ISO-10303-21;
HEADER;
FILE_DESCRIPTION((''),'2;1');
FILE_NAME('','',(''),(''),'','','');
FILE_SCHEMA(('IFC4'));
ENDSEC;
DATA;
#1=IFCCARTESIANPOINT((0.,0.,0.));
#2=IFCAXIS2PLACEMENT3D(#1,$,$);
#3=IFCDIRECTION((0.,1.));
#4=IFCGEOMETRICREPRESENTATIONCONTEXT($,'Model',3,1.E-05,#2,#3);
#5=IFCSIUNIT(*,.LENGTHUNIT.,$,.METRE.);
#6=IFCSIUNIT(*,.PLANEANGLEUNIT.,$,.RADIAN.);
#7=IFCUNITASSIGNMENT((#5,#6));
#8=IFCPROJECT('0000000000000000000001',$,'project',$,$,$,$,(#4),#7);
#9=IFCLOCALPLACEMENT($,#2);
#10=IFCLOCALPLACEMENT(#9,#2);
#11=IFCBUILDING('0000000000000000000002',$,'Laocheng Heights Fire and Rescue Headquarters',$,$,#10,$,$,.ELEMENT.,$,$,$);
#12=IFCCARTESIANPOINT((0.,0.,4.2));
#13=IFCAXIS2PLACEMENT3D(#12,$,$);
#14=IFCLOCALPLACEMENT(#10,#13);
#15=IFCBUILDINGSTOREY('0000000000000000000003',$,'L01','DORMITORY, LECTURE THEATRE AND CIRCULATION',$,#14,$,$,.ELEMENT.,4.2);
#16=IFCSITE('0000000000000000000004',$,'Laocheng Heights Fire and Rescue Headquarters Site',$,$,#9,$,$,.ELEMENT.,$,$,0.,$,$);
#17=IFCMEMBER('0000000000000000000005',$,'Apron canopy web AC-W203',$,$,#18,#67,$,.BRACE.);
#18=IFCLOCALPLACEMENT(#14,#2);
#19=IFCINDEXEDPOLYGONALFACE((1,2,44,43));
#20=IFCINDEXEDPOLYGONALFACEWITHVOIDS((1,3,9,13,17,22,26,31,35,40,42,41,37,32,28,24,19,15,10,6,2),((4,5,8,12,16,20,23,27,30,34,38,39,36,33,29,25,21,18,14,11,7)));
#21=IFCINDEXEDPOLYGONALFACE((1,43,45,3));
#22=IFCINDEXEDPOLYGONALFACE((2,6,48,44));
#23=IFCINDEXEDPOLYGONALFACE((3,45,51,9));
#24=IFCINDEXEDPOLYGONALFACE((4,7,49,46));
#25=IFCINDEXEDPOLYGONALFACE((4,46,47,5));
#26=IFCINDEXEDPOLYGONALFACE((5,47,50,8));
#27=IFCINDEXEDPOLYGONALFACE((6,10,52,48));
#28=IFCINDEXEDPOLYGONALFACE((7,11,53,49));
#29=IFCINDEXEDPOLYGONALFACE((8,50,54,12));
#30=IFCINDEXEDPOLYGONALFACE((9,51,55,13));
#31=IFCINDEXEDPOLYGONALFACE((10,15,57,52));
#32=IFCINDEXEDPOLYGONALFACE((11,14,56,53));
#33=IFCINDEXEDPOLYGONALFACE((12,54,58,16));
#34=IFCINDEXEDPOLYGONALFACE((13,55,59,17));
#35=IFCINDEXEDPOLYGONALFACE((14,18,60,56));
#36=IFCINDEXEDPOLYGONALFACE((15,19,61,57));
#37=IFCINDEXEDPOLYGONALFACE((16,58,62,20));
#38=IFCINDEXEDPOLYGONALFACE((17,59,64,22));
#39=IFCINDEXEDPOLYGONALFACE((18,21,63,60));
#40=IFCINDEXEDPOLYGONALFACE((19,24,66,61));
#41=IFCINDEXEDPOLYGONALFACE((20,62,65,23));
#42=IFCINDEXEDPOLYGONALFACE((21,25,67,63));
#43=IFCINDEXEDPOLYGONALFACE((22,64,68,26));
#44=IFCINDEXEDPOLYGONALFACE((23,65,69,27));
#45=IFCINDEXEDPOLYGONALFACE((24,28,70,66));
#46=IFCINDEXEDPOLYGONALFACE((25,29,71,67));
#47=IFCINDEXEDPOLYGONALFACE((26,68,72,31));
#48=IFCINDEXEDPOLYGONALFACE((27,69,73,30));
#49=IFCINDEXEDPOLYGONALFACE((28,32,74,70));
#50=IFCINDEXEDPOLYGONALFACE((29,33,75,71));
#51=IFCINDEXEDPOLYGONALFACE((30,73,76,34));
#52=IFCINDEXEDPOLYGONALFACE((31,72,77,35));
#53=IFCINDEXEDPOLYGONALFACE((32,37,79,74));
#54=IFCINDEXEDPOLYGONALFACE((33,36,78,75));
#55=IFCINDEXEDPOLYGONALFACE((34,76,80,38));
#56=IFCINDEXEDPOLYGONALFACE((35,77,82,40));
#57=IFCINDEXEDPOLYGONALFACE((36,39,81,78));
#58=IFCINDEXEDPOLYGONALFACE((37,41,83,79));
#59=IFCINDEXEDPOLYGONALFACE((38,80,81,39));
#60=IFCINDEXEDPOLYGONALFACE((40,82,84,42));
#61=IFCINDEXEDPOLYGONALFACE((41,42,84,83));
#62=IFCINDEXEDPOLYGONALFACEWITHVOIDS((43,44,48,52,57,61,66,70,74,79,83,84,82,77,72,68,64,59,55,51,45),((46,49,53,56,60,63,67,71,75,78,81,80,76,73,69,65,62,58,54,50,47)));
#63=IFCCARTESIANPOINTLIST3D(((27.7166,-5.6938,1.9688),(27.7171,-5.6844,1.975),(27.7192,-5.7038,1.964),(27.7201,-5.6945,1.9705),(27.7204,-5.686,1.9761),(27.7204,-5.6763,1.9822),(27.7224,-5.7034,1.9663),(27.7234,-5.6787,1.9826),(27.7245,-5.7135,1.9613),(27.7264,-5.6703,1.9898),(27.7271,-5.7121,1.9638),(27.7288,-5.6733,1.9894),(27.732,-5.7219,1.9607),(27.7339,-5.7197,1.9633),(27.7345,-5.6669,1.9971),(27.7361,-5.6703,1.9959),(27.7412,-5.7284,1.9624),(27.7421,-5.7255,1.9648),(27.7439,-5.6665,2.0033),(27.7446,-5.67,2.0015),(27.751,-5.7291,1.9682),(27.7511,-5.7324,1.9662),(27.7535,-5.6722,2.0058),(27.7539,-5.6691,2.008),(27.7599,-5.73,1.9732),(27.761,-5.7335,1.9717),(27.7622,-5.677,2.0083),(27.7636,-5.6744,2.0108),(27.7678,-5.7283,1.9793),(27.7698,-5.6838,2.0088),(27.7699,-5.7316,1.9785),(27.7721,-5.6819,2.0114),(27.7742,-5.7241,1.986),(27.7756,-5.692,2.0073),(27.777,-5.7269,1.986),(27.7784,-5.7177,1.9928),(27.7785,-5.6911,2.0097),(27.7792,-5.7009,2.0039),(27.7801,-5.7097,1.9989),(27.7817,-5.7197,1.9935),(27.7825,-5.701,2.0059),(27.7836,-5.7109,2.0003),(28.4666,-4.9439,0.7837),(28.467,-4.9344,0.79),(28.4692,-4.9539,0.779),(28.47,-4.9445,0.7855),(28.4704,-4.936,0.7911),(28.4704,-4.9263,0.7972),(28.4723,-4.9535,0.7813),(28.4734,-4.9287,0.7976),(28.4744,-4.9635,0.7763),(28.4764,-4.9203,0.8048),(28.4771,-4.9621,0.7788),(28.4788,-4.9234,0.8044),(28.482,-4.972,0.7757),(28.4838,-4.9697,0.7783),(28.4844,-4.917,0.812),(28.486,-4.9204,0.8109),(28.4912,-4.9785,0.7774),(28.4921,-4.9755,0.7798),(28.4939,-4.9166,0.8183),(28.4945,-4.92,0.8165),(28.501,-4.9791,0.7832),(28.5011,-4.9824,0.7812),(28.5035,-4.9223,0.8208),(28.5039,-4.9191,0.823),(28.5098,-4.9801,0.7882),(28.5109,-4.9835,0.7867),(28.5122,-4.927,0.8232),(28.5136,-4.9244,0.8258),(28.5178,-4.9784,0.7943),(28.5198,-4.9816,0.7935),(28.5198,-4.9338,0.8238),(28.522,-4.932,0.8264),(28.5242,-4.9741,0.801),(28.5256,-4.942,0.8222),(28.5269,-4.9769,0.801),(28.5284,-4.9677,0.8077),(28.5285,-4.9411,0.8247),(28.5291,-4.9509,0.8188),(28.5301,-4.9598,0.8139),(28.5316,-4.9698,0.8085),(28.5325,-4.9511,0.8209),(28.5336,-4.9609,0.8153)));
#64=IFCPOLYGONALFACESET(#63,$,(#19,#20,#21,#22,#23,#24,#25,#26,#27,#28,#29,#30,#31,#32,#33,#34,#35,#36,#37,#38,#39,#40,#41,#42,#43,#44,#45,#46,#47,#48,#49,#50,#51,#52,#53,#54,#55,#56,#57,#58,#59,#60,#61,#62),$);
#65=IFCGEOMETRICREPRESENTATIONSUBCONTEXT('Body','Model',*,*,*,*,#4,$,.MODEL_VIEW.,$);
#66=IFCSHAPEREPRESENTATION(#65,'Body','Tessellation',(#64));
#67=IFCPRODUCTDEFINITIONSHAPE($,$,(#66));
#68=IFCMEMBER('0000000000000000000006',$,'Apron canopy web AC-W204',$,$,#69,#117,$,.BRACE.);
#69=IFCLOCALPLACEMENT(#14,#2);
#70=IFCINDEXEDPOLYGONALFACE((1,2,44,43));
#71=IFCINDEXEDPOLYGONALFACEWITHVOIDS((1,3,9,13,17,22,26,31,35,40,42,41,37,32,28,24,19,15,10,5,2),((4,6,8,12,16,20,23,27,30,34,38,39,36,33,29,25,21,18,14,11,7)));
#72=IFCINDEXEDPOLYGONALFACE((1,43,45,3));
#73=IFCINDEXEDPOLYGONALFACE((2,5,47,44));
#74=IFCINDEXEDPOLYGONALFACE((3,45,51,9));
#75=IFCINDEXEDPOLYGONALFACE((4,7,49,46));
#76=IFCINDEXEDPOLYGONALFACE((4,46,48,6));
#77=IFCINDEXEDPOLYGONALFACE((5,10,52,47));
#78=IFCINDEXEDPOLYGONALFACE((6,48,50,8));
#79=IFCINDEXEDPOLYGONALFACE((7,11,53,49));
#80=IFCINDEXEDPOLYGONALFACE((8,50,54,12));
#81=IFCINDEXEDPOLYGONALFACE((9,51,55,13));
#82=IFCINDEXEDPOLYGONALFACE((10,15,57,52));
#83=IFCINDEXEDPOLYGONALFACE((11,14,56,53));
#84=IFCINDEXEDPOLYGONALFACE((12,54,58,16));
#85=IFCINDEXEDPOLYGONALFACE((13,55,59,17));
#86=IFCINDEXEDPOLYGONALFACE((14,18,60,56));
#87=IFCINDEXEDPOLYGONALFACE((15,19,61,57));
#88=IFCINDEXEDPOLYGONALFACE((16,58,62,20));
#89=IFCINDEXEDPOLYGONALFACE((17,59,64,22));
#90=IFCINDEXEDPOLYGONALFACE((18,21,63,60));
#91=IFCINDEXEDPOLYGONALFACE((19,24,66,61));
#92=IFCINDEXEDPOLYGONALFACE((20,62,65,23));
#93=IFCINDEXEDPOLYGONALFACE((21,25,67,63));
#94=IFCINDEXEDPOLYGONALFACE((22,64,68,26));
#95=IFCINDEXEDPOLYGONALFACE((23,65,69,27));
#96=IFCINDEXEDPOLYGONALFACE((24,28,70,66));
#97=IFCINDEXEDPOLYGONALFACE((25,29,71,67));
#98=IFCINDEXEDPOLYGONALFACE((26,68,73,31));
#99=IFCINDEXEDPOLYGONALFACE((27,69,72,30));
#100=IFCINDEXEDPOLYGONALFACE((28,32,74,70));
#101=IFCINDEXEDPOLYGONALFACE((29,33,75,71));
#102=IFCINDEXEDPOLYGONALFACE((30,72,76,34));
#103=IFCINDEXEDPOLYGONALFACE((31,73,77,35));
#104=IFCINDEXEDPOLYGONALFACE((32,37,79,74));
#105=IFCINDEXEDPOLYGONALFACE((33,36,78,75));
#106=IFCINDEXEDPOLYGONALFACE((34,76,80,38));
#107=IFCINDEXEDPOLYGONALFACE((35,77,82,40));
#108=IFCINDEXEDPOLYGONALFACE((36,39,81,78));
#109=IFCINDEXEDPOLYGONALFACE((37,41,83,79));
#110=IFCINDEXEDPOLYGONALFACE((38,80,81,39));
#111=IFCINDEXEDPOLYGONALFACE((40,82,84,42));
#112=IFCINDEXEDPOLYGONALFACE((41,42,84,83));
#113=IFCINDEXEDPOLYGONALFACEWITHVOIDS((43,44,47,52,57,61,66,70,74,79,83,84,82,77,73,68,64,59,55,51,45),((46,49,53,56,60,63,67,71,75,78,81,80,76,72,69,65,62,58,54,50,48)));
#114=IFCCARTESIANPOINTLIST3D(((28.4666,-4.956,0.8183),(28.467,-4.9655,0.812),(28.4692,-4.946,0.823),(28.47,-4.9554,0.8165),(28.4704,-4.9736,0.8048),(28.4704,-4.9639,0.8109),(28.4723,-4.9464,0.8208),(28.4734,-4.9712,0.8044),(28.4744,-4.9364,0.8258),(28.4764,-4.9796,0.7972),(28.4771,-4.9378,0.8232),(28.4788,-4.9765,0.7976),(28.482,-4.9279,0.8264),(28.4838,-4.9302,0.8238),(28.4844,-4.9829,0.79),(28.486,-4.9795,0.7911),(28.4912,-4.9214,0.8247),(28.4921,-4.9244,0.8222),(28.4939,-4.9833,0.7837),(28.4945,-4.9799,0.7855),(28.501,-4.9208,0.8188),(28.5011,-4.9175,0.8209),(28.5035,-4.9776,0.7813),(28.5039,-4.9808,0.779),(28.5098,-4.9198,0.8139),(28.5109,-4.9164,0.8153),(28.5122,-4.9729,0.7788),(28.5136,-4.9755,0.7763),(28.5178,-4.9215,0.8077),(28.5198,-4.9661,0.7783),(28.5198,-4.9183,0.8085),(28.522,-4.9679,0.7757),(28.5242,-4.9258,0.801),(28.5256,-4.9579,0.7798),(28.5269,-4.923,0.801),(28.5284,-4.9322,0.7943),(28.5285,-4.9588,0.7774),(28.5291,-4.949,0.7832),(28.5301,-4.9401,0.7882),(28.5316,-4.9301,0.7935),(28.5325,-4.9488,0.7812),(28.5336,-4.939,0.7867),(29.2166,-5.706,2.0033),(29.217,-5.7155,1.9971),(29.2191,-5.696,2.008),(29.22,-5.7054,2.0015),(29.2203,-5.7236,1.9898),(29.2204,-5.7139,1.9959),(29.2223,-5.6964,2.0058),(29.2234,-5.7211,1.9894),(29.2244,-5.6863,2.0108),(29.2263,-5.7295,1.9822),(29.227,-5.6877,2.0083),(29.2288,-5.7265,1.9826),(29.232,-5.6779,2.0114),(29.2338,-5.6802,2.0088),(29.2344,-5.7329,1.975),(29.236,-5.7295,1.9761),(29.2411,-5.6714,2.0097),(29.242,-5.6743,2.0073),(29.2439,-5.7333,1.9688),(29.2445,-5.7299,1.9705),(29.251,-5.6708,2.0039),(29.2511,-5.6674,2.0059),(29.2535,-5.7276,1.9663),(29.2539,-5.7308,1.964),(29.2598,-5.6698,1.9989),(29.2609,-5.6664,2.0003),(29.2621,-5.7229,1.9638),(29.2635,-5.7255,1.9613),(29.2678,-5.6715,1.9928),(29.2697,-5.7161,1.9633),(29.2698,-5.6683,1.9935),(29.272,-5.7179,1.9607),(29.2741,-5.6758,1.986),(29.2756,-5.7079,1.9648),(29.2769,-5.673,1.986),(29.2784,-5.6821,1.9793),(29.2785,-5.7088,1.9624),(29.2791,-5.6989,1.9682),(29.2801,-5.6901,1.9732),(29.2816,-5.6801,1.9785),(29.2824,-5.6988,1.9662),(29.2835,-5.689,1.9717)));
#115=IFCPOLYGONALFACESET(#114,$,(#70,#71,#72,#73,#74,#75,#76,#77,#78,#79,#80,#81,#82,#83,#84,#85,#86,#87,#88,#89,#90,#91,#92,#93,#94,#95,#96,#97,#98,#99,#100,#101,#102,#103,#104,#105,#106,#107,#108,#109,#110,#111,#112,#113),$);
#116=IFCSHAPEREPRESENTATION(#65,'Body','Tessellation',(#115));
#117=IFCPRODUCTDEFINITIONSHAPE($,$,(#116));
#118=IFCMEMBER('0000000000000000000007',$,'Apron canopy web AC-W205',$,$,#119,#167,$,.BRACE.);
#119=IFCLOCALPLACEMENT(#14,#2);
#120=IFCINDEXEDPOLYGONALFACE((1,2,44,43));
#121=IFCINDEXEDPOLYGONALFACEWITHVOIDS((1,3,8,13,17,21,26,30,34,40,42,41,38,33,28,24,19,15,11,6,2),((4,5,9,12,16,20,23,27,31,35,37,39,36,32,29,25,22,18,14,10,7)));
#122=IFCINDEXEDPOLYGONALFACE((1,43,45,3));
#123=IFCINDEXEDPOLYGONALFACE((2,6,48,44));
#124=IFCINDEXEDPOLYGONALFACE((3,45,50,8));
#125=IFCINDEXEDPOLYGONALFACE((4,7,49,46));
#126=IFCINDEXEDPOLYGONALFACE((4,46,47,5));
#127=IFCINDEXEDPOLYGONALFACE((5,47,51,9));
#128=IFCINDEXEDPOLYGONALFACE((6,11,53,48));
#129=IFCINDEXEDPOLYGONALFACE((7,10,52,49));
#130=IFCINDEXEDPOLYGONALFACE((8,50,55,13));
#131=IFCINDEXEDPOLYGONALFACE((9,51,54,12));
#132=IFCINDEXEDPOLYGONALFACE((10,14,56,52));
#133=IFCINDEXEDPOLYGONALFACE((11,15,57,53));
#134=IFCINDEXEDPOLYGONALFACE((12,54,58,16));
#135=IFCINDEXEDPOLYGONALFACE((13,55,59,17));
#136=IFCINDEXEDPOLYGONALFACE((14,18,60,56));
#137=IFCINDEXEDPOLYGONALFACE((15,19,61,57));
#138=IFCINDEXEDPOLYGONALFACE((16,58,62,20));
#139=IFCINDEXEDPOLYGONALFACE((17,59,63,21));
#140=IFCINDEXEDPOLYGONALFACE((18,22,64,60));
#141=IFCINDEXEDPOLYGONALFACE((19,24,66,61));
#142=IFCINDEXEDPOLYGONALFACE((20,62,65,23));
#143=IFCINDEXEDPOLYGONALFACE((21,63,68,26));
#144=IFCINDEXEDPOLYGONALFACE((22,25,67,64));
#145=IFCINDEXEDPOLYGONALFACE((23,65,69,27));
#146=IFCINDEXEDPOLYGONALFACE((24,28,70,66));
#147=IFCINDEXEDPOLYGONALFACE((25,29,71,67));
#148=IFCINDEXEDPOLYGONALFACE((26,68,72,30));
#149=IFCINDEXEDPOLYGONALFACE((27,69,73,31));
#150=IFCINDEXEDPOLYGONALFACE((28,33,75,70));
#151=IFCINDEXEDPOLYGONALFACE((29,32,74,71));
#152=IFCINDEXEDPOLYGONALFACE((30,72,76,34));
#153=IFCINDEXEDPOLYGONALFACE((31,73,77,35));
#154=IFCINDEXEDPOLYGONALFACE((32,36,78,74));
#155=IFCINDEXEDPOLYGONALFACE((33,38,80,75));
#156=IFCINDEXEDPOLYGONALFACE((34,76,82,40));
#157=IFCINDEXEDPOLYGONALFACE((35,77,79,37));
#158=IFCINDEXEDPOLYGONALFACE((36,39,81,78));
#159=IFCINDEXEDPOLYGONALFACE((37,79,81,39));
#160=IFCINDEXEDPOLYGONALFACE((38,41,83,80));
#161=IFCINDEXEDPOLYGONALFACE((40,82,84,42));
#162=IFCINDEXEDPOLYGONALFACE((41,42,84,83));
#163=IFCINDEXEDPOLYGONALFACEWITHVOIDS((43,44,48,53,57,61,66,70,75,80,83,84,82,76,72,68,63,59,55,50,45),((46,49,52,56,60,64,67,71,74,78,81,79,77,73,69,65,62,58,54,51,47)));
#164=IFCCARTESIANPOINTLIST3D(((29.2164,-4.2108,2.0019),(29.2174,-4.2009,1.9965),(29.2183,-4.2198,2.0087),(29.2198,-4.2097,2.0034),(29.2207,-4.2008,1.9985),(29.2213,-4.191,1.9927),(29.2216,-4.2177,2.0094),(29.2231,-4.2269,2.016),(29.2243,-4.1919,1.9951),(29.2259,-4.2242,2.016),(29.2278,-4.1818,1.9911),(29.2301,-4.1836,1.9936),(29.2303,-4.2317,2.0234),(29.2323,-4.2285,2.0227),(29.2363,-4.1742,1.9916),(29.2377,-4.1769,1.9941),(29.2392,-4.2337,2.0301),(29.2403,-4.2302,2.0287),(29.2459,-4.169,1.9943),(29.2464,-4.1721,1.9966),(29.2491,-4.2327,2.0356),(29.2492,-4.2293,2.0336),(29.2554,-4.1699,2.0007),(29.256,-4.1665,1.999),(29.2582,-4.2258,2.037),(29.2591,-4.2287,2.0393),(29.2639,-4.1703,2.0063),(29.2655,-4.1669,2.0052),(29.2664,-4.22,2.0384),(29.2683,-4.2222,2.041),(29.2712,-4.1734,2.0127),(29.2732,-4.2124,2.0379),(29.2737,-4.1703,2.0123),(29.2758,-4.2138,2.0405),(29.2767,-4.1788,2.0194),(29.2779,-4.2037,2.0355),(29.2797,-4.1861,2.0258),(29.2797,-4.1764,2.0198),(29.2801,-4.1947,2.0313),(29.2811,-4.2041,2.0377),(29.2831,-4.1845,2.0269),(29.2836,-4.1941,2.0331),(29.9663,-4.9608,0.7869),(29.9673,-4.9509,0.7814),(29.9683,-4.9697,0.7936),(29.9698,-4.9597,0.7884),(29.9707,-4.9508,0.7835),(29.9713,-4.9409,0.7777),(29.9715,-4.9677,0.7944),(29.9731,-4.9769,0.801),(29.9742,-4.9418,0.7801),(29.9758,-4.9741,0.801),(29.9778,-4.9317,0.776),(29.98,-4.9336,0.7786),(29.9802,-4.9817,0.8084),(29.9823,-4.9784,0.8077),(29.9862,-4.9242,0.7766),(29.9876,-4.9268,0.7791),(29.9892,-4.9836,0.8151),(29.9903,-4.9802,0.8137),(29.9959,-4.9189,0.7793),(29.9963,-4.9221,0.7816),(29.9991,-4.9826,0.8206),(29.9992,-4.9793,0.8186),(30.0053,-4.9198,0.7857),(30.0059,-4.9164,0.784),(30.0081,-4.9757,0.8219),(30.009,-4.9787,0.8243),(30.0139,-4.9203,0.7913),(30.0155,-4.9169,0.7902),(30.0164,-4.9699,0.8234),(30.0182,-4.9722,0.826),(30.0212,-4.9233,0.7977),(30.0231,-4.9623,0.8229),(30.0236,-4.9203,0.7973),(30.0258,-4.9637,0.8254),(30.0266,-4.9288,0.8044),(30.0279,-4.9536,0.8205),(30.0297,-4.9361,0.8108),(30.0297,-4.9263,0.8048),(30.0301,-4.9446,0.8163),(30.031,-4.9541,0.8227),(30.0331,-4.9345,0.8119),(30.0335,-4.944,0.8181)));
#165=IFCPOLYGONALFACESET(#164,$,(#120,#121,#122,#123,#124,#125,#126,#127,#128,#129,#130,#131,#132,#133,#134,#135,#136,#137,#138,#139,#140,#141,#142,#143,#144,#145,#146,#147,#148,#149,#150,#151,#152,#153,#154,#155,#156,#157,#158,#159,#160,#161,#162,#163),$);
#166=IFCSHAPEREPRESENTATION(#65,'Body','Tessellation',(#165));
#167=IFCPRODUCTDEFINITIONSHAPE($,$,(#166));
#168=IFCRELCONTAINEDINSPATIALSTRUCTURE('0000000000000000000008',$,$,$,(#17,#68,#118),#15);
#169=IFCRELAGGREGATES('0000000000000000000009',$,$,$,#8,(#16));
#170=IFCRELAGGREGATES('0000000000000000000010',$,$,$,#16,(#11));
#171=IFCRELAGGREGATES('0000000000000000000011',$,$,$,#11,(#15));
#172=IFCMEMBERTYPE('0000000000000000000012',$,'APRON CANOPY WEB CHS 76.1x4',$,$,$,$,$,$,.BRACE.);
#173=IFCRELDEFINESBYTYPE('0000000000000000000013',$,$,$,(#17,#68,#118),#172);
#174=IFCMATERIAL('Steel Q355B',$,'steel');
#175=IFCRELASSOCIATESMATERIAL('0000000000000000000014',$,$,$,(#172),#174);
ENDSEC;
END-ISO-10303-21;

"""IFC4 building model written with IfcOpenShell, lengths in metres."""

from ifc_helpers import new_model, si_unit, direction, frame, origin, origin_2d, place, context, subcontext, project, spatial, hollow_circle, extrude, material, material_profile, profile_set, type_object, element, save


model = new_model("IFC4")

# Units and contexts
model_context = context("Model", 3, precision=1e-05, world=origin(), true_north=direction((0.0, 1.0)))
body_context = subcontext(model_context, "Body", "Model", "MODEL_VIEW")
ifc_project = project(units=[si_unit("LENGTHUNIT", "METRE"), si_unit("PLANEANGLEUNIT", "RADIAN")], contexts=[model_context])

# Site, building, storey
site_placement = place(None, origin())
site = spatial("IfcSite", under=ifc_project, at=site_placement, Name="Laocheng Heights Fire and Rescue Headquarters Site", CompositionType="ELEMENT", RefElevation=0.0)
building_placement = place(site_placement, origin())
building = spatial("IfcBuilding", under=site, at=building_placement, Name="Laocheng Heights Fire and Rescue Headquarters", CompositionType="ELEMENT")
storey_placement = place(building_placement, frame((0.0, 0.0, 4.2)))
storey = spatial("IfcBuildingStorey", under=building, at=storey_placement, Name="L01", Description="DORMITORY, LECTURE THEATRE AND CIRCULATION", CompositionType="ELEMENT", Elevation=4.2)

# Members
ifc_material_1 = material(Name="Steel Q355B", Category="steel")
ifc_material_profile_1 = material_profile(ifc_material_1, hollow_circle(Radius=0.0381, WallThickness=0.0039, at=origin_2d()), Name="CHS 76.1x4")
ifc_profile_set_1 = profile_set([ifc_material_profile_1], Name="Steel Q355B")
member_type_1 = type_object("IfcMemberType", Name="APRON CANOPY WEB CHS 76.1x4", PredefinedType="BRACE", material=ifc_profile_set_1)
for number, where, z_axis, x_axis, name in (
    (1, (28.5, -4.95, 0.801), (-0.47158, -0.47158, 0.745134), (0.707107, -0.707107, 0.0), "Apron canopy web AC-W203"),
    (2, (28.5, -4.95, 0.801), (0.47158, -0.47158, 0.745134), (0.707107, 0.707107, 0.0), "Apron canopy web AC-W204"),
):
    element("IfcMember", number, at=place(storey_placement, frame(where, z_axis=z_axis, x_axis=x_axis)), inside=storey, type_object=member_type_1, Name=name, PredefinedType="BRACE", context=body_context, shape_type="SweptSolid", body=[
        extrude(hollow_circle(Radius=0.0381, WallThickness=0.0039, at=origin_2d()), origin(), (0.0, 0.0, 1.0), 1.5903),
    ])
for number, where, z_axis, x_axis, name in (
    (3, (30.0, -4.95, 0.801), (-0.465002, 0.465002, 0.753357), (-0.707107, -0.707107, 0.0), "Apron canopy web AC-W205"),
):
    element("IfcMember", number, at=place(storey_placement, frame(where, z_axis=z_axis, x_axis=x_axis)), inside=storey, type_object=member_type_1, Name=name, PredefinedType="BRACE", context=body_context, shape_type="SweptSolid", body=[
        extrude(hollow_circle(Radius=0.0381, WallThickness=0.0039, at=origin_2d()), origin(), (0.0, 0.0, 1.0), 1.6128),
    ])

save(model, "model.ifc")
